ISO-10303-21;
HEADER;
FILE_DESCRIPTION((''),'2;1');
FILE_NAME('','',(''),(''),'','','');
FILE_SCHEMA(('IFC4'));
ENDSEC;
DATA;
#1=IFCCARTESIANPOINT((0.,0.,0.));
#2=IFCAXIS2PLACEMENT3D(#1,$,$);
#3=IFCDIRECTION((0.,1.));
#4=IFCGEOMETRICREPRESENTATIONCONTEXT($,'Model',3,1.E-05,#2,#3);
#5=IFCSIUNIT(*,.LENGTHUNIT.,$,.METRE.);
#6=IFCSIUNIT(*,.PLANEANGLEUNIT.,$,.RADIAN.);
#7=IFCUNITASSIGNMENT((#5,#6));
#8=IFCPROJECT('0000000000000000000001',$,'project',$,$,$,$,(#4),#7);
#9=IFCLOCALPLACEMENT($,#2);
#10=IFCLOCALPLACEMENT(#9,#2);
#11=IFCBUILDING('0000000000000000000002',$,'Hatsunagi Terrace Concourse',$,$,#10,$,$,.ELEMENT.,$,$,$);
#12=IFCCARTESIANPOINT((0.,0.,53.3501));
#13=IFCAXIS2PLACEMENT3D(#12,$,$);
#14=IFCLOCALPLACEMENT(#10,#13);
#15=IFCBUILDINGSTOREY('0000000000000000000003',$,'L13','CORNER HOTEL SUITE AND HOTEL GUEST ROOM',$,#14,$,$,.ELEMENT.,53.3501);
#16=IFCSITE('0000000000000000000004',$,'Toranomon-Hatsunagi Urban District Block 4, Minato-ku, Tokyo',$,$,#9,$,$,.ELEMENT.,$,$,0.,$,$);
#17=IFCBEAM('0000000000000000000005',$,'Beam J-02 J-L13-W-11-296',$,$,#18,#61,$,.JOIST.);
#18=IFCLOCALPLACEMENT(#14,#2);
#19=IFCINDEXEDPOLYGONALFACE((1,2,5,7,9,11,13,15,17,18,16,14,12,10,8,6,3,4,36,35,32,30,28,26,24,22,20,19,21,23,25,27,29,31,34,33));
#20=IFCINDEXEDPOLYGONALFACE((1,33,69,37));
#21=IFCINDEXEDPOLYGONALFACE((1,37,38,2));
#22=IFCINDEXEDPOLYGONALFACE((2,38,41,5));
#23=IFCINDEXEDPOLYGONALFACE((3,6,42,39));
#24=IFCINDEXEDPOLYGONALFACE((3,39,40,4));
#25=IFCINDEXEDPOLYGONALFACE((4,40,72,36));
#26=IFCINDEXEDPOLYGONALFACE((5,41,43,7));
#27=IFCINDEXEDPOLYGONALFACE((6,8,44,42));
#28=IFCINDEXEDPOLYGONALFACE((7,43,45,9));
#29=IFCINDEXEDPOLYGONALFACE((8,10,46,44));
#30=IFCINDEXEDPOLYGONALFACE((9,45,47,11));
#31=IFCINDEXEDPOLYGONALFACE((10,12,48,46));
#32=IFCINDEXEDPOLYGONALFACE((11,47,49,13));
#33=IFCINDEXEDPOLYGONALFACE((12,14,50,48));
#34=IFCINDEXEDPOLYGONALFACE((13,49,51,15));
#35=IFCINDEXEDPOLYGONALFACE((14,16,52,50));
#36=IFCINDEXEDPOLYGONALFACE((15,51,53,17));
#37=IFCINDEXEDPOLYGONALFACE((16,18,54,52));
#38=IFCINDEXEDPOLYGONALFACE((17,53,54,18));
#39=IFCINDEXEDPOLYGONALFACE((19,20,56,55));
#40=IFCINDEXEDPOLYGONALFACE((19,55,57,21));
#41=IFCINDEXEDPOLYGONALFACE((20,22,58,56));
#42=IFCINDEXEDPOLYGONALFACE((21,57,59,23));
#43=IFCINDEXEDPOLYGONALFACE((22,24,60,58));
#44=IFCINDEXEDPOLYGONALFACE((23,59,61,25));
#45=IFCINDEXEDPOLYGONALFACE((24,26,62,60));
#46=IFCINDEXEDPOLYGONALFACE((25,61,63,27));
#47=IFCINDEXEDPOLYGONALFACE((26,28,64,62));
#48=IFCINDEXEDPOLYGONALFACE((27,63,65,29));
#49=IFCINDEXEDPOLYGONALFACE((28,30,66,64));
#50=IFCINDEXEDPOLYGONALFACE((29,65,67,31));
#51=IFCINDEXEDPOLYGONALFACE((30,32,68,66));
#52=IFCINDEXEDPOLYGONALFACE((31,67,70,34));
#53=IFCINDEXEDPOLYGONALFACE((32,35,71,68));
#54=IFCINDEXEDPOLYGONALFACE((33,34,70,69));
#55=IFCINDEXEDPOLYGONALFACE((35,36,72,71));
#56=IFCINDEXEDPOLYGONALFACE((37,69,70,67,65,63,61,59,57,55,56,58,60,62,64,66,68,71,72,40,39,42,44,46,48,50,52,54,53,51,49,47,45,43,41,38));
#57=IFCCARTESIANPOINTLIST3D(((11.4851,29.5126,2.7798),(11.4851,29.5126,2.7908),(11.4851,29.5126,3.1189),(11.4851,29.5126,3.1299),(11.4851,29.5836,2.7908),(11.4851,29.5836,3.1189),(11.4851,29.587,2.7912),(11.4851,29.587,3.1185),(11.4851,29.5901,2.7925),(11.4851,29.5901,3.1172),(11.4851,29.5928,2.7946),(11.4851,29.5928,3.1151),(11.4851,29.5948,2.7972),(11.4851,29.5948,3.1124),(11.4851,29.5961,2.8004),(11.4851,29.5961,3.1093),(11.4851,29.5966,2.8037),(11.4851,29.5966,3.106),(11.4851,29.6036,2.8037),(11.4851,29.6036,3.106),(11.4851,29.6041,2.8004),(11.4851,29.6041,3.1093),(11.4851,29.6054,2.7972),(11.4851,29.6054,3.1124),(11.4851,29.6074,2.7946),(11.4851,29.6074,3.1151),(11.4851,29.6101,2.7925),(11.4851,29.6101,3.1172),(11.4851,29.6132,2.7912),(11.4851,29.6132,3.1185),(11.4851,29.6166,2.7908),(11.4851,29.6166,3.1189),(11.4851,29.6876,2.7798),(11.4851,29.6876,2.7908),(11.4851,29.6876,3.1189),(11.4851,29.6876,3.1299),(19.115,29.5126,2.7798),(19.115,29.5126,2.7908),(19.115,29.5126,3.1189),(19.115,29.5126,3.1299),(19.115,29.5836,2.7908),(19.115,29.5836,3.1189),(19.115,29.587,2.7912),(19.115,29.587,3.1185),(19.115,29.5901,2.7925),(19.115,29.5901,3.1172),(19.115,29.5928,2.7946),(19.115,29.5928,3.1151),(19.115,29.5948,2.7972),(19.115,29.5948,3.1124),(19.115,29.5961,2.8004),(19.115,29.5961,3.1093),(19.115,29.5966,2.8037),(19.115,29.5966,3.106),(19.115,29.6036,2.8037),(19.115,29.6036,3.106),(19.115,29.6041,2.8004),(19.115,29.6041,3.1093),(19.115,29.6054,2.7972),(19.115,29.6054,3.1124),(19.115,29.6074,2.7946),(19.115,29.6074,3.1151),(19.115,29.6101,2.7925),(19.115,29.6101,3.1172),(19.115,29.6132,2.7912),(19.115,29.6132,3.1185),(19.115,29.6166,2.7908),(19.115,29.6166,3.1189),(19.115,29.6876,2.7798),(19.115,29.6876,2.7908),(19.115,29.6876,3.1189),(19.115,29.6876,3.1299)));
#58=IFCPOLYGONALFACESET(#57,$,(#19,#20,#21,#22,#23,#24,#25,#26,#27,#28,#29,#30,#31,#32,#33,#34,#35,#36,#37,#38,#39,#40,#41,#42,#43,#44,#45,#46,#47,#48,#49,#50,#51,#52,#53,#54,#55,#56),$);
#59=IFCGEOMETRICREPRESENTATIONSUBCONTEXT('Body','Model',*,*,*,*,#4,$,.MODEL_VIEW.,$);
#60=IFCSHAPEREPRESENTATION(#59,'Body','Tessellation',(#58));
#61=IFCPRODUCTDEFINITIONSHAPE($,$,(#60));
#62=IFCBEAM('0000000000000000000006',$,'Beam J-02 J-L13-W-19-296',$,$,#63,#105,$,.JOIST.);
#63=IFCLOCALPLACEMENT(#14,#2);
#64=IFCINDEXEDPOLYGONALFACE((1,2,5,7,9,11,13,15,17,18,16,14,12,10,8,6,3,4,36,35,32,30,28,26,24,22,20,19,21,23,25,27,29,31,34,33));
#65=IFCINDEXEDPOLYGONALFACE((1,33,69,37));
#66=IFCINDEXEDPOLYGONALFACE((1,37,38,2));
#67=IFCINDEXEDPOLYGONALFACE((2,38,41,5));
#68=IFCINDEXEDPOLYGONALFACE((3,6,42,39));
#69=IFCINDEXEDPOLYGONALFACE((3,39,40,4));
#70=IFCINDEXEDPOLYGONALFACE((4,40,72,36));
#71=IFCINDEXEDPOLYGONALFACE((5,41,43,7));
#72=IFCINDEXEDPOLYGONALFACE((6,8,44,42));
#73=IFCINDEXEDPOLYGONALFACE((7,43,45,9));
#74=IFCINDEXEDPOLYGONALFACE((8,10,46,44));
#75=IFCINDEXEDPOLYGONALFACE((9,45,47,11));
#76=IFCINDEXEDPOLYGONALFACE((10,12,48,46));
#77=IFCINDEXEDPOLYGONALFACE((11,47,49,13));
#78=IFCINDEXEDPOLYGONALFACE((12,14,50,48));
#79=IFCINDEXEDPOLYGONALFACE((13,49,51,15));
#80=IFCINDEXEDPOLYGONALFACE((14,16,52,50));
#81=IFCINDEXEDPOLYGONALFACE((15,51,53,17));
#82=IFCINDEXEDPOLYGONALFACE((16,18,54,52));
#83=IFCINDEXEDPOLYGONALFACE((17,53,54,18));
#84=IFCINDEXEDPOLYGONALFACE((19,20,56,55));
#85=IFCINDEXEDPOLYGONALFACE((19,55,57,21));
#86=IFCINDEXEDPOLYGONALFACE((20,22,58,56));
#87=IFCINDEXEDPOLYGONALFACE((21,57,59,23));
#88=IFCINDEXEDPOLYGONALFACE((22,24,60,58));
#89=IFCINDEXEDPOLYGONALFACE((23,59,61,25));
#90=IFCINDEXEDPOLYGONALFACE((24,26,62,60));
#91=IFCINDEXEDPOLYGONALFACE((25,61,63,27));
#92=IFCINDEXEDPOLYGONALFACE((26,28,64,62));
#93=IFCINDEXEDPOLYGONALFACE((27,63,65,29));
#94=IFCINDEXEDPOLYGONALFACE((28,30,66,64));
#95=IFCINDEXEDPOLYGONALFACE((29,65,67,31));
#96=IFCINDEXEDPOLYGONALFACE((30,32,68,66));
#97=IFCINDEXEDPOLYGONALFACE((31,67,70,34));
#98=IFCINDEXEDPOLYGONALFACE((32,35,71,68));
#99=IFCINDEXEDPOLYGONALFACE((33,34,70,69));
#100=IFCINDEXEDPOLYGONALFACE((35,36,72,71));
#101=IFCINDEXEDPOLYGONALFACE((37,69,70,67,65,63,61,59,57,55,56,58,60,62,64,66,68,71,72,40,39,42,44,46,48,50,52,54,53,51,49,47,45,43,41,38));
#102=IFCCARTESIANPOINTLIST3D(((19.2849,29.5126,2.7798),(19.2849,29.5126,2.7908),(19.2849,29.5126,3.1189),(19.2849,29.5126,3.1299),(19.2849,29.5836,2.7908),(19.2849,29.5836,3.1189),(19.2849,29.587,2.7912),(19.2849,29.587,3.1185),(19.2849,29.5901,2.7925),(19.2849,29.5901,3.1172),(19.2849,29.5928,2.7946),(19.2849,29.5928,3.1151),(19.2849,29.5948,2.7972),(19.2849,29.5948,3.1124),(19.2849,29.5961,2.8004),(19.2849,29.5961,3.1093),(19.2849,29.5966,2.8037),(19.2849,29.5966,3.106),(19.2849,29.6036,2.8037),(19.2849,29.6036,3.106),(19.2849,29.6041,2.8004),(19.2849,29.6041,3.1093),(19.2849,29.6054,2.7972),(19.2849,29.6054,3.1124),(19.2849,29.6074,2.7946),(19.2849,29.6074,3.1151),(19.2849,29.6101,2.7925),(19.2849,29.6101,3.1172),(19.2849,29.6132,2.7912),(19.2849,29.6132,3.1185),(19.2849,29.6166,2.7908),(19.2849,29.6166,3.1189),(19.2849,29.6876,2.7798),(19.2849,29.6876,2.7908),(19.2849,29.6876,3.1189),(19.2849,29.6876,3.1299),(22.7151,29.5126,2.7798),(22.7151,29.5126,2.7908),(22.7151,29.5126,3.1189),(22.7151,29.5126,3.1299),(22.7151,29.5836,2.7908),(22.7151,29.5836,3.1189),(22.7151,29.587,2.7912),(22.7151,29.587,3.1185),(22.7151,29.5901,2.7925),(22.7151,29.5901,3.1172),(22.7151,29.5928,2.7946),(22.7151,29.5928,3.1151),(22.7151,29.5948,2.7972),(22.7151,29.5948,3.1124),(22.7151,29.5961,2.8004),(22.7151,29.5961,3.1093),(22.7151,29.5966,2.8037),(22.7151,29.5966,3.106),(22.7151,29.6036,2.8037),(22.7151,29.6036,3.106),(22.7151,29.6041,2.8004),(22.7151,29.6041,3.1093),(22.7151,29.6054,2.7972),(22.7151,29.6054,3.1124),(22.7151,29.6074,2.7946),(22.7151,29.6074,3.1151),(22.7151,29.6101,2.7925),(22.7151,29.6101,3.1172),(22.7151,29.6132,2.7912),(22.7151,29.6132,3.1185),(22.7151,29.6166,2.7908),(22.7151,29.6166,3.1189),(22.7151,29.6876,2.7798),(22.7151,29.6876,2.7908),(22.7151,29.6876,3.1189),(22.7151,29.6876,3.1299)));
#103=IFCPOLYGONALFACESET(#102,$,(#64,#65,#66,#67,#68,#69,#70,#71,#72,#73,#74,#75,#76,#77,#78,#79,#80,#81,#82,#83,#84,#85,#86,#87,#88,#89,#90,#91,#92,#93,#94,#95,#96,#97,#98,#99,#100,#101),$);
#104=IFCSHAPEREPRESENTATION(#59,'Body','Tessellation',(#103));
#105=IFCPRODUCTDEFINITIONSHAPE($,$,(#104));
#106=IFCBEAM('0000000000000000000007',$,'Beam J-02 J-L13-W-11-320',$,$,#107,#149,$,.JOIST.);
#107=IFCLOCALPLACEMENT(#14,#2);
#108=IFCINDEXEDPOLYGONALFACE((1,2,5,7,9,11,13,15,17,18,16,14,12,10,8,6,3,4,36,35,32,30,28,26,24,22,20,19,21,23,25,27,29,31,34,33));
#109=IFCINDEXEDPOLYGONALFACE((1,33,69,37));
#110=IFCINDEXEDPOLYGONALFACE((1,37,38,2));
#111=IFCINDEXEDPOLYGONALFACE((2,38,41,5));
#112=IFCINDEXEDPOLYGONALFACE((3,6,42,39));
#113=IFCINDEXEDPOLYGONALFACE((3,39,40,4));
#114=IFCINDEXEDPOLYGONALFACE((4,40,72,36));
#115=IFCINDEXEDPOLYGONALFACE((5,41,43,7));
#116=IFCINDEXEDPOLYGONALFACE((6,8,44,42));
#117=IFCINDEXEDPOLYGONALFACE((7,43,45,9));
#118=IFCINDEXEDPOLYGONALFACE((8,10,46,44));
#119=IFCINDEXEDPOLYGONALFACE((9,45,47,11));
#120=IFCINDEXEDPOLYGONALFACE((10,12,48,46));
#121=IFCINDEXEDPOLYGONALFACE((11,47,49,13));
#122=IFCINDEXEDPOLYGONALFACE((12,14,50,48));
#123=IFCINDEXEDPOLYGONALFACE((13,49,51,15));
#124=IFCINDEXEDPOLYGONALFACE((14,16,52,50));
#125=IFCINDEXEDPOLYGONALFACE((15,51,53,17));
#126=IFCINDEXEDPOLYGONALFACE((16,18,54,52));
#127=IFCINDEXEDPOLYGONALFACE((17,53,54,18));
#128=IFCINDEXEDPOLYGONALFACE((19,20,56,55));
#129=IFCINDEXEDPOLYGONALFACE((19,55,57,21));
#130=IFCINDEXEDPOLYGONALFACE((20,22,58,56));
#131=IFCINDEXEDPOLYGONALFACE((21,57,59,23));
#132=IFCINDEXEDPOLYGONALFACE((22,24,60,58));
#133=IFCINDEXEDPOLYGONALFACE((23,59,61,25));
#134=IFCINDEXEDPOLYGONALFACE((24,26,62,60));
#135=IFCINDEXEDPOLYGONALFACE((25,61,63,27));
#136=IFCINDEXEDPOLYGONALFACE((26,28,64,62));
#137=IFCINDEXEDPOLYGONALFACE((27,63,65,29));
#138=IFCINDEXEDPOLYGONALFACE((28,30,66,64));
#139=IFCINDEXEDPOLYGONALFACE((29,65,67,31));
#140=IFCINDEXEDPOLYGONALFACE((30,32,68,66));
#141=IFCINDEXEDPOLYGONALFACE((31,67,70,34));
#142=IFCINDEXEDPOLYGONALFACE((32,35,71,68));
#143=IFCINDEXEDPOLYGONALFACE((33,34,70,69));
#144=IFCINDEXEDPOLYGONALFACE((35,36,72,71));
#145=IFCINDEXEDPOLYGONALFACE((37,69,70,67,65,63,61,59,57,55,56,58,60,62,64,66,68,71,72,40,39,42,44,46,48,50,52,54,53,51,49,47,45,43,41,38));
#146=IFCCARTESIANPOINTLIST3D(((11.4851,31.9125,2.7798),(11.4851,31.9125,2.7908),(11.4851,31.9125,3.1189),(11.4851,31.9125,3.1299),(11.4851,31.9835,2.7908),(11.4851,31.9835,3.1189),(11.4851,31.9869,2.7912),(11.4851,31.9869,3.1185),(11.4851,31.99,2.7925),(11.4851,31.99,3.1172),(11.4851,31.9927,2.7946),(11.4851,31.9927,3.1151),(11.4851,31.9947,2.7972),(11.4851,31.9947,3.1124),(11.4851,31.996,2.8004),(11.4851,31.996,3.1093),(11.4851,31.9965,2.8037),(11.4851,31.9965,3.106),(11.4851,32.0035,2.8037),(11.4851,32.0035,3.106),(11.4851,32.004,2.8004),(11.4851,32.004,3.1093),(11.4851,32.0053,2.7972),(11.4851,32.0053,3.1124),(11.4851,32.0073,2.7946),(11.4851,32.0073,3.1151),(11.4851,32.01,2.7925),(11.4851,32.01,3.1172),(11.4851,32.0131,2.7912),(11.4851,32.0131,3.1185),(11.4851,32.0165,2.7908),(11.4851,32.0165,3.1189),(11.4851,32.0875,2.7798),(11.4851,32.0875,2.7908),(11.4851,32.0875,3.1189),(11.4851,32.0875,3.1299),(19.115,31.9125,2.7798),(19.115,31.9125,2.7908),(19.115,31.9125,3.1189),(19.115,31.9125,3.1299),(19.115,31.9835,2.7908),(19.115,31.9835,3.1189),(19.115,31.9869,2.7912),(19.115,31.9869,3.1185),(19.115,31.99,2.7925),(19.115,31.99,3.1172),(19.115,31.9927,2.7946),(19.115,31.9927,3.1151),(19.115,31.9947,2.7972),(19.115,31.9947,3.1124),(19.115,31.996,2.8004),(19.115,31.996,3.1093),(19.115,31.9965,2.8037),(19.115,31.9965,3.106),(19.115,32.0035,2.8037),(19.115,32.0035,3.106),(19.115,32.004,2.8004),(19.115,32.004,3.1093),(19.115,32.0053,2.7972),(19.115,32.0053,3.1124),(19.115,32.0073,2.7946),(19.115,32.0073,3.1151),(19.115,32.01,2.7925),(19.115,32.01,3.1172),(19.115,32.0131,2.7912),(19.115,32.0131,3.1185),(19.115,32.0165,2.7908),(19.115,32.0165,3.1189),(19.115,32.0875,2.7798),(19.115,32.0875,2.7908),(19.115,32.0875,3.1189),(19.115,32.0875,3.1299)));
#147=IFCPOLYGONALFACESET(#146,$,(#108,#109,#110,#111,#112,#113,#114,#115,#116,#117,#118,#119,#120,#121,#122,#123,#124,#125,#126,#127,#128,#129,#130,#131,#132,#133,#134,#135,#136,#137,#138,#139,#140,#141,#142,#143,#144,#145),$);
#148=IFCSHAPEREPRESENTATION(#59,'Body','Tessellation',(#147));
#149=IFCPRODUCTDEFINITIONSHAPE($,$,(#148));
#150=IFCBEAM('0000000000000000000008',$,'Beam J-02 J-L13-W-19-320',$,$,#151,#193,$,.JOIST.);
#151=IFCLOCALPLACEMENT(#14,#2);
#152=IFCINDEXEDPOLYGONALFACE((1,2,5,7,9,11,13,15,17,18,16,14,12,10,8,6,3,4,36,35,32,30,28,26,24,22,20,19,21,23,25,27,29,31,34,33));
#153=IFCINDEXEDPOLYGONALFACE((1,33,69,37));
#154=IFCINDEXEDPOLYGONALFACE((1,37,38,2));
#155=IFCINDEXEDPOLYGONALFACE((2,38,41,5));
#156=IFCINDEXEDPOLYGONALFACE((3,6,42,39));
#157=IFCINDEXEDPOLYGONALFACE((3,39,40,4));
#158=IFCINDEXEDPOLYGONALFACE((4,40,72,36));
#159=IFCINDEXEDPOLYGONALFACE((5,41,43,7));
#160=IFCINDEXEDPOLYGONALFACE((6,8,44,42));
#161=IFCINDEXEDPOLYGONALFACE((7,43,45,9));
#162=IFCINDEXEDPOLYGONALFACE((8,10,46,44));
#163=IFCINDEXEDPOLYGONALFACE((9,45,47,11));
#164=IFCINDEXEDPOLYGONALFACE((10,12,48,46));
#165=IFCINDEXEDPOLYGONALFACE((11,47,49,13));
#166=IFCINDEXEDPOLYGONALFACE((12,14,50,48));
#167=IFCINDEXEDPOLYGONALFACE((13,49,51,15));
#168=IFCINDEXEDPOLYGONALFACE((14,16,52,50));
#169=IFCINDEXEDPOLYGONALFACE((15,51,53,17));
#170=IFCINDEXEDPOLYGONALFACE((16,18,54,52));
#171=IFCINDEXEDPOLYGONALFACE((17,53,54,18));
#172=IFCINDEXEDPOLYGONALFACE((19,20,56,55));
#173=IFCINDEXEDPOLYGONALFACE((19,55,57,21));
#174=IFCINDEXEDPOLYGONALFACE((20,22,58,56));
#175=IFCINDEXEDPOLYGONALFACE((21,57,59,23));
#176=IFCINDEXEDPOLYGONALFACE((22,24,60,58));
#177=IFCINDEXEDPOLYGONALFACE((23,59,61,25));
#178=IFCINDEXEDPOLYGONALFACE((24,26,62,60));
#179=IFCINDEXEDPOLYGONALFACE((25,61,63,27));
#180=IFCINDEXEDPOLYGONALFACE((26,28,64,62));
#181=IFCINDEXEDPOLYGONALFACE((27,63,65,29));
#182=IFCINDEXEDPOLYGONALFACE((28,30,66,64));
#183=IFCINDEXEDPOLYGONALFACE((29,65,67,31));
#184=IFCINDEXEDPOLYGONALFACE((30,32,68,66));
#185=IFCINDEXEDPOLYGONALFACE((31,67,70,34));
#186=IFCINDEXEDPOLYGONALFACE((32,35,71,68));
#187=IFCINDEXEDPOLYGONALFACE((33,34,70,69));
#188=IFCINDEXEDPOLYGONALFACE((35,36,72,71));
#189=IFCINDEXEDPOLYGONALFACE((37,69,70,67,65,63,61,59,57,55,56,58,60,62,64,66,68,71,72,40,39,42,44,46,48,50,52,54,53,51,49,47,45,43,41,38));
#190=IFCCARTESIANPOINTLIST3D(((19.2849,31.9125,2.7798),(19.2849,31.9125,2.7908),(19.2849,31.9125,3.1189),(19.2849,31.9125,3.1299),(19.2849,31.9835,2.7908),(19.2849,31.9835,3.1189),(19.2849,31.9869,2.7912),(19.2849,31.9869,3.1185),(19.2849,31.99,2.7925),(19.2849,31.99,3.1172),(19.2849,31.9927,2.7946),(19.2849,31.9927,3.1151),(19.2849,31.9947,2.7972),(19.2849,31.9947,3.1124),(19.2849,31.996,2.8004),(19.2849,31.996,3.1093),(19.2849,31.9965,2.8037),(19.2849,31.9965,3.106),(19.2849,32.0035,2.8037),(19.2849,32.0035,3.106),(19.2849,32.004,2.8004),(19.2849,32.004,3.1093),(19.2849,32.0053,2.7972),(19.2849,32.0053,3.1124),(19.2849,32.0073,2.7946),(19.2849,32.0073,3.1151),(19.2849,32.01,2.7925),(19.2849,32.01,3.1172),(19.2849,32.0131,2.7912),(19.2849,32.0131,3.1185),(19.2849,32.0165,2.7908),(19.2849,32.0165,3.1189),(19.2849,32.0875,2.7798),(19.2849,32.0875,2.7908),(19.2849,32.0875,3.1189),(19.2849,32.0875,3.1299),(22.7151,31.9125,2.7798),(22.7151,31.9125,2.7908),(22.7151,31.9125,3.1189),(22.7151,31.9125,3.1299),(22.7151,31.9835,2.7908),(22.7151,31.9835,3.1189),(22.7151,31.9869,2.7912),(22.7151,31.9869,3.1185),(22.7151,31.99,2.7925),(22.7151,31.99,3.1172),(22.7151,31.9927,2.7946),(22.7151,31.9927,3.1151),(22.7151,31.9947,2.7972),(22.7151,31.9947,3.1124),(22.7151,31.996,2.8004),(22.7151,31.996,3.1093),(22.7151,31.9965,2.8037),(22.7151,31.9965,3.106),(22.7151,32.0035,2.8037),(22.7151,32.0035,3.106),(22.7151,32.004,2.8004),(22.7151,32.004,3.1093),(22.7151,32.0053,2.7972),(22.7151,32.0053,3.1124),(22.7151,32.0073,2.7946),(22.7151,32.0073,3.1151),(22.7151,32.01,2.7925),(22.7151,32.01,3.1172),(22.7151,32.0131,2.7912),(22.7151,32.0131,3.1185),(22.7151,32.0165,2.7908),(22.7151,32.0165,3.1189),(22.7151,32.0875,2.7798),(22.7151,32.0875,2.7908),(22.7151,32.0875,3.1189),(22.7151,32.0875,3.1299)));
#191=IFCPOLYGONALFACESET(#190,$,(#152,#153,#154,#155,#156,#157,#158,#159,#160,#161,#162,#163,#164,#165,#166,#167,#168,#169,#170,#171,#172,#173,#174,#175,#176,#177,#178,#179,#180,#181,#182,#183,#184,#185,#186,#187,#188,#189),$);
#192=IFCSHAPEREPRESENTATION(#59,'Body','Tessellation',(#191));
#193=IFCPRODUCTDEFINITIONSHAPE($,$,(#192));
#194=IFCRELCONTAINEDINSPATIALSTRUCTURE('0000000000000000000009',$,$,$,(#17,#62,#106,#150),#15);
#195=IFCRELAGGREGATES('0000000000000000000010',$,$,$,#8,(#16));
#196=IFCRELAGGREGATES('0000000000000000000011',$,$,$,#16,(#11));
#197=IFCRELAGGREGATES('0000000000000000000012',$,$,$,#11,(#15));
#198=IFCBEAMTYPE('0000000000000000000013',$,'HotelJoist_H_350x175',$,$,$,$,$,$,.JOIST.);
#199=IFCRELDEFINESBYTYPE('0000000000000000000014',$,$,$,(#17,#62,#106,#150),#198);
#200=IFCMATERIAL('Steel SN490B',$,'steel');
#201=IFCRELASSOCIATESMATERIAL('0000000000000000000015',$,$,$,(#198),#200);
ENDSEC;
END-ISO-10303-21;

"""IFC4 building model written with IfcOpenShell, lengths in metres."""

from ifc_helpers import new_model, si_unit, direction, frame, origin, origin_2d, place, context, subcontext, project, spatial, i_section, extrude, material, material_profile, profile_set, type_object, element, save


model = new_model("IFC4")

# Units and contexts
model_context = context("Model", 3, precision=1e-05, world=origin(), true_north=direction((0.0, 1.0)))
body_context = subcontext(model_context, "Body", "Model", "MODEL_VIEW")
ifc_project = project(units=[si_unit("LENGTHUNIT", "METRE"), si_unit("PLANEANGLEUNIT", "RADIAN")], contexts=[model_context])

# Site, building, storey
site_placement = place(None, origin())
site = spatial("IfcSite", under=ifc_project, at=site_placement, Name="Toranomon-Hatsunagi Urban District Block 4, Minato-ku, Tokyo", CompositionType="ELEMENT", RefElevation=0.0)
building_placement = place(site_placement, origin())
building = spatial("IfcBuilding", under=site, at=building_placement, Name="Hatsunagi Terrace Concourse", CompositionType="ELEMENT")
storey_placement = place(building_placement, frame((0.0, 0.0, 53.3501)))
storey = spatial("IfcBuildingStorey", under=building, at=storey_placement, Name="L13", Description="CORNER HOTEL SUITE AND HOTEL GUEST ROOM", CompositionType="ELEMENT", Elevation=53.3501)

# Beams
ifc_material_1 = material(Name="Steel SN490B", Category="steel")
ifc_material_profile_1 = material_profile(ifc_material_1, i_section(OverallWidth=0.175, OverallDepth=0.3501, WebThickness=0.0071, FlangeThickness=0.011, FilletRadius=0.0129, at=origin_2d()), Name="H-350x175x7x11")
ifc_profile_set_1 = profile_set([ifc_material_profile_1], Name="Steel SN490B")
beam_type_1 = type_object("IfcBeamType", Name="HotelJoist_H_350x175", PredefinedType="JOIST", material=ifc_profile_set_1)
beam_1_placement = place(storey_placement, frame((11.4851, 29.6001, 2.9548), z_axis=(1.0, 0.0, 0.0), x_axis=(0.0, 1.0, 0.0)))
element("IfcBeam", 1, at=beam_1_placement, inside=storey, type_object=beam_type_1, Name="Beam J-02 J-L13-W-11-296", PredefinedType="JOIST", context=body_context, shape_type="SweptSolid", body=[
    extrude(i_section(OverallWidth=0.175, OverallDepth=0.3501, WebThickness=0.0071, FlangeThickness=0.011, FilletRadius=0.0129, at=origin_2d()), origin(), (0.0, 0.0, 1.0), 7.6299),
])
beam_2_placement = place(storey_placement, frame((19.2849, 29.6001, 2.9548), z_axis=(1.0, 0.0, 0.0), x_axis=(0.0, 1.0, 0.0)))
element("IfcBeam", 2, at=beam_2_placement, inside=storey, type_object=beam_type_1, Name="Beam J-02 J-L13-W-19-296", PredefinedType="JOIST", context=body_context, shape_type="SweptSolid", body=[
    extrude(i_section(OverallWidth=0.175, OverallDepth=0.3501, WebThickness=0.0071, FlangeThickness=0.011, FilletRadius=0.0129, at=origin_2d()), origin(), (0.0, 0.0, 1.0), 3.4302),
])
beam_3_placement = place(storey_placement, frame((11.4851, 32.0, 2.9548), z_axis=(1.0, 0.0, 0.0), x_axis=(0.0, 1.0, 0.0)))
element("IfcBeam", 3, at=beam_3_placement, inside=storey, type_object=beam_type_1, Name="Beam J-02 J-L13-W-11-320", PredefinedType="JOIST", context=body_context, shape_type="SweptSolid", body=[
    extrude(i_section(OverallWidth=0.175, OverallDepth=0.3501, WebThickness=0.0071, FlangeThickness=0.011, FilletRadius=0.0129, at=origin_2d()), origin(), (0.0, 0.0, 1.0), 7.6299),
])
beam_4_placement = place(storey_placement, frame((19.2849, 32.0, 2.9548), z_axis=(1.0, 0.0, 0.0), x_axis=(0.0, 1.0, 0.0)))
element("IfcBeam", 4, at=beam_4_placement, inside=storey, type_object=beam_type_1, Name="Beam J-02 J-L13-W-19-320", PredefinedType="JOIST", context=body_context, shape_type="SweptSolid", body=[
    extrude(i_section(OverallWidth=0.175, OverallDepth=0.3501, WebThickness=0.0071, FlangeThickness=0.011, FilletRadius=0.0129, at=origin_2d()), origin(), (0.0, 0.0, 1.0), 3.4302),
])

save(model, "model.ifc")
